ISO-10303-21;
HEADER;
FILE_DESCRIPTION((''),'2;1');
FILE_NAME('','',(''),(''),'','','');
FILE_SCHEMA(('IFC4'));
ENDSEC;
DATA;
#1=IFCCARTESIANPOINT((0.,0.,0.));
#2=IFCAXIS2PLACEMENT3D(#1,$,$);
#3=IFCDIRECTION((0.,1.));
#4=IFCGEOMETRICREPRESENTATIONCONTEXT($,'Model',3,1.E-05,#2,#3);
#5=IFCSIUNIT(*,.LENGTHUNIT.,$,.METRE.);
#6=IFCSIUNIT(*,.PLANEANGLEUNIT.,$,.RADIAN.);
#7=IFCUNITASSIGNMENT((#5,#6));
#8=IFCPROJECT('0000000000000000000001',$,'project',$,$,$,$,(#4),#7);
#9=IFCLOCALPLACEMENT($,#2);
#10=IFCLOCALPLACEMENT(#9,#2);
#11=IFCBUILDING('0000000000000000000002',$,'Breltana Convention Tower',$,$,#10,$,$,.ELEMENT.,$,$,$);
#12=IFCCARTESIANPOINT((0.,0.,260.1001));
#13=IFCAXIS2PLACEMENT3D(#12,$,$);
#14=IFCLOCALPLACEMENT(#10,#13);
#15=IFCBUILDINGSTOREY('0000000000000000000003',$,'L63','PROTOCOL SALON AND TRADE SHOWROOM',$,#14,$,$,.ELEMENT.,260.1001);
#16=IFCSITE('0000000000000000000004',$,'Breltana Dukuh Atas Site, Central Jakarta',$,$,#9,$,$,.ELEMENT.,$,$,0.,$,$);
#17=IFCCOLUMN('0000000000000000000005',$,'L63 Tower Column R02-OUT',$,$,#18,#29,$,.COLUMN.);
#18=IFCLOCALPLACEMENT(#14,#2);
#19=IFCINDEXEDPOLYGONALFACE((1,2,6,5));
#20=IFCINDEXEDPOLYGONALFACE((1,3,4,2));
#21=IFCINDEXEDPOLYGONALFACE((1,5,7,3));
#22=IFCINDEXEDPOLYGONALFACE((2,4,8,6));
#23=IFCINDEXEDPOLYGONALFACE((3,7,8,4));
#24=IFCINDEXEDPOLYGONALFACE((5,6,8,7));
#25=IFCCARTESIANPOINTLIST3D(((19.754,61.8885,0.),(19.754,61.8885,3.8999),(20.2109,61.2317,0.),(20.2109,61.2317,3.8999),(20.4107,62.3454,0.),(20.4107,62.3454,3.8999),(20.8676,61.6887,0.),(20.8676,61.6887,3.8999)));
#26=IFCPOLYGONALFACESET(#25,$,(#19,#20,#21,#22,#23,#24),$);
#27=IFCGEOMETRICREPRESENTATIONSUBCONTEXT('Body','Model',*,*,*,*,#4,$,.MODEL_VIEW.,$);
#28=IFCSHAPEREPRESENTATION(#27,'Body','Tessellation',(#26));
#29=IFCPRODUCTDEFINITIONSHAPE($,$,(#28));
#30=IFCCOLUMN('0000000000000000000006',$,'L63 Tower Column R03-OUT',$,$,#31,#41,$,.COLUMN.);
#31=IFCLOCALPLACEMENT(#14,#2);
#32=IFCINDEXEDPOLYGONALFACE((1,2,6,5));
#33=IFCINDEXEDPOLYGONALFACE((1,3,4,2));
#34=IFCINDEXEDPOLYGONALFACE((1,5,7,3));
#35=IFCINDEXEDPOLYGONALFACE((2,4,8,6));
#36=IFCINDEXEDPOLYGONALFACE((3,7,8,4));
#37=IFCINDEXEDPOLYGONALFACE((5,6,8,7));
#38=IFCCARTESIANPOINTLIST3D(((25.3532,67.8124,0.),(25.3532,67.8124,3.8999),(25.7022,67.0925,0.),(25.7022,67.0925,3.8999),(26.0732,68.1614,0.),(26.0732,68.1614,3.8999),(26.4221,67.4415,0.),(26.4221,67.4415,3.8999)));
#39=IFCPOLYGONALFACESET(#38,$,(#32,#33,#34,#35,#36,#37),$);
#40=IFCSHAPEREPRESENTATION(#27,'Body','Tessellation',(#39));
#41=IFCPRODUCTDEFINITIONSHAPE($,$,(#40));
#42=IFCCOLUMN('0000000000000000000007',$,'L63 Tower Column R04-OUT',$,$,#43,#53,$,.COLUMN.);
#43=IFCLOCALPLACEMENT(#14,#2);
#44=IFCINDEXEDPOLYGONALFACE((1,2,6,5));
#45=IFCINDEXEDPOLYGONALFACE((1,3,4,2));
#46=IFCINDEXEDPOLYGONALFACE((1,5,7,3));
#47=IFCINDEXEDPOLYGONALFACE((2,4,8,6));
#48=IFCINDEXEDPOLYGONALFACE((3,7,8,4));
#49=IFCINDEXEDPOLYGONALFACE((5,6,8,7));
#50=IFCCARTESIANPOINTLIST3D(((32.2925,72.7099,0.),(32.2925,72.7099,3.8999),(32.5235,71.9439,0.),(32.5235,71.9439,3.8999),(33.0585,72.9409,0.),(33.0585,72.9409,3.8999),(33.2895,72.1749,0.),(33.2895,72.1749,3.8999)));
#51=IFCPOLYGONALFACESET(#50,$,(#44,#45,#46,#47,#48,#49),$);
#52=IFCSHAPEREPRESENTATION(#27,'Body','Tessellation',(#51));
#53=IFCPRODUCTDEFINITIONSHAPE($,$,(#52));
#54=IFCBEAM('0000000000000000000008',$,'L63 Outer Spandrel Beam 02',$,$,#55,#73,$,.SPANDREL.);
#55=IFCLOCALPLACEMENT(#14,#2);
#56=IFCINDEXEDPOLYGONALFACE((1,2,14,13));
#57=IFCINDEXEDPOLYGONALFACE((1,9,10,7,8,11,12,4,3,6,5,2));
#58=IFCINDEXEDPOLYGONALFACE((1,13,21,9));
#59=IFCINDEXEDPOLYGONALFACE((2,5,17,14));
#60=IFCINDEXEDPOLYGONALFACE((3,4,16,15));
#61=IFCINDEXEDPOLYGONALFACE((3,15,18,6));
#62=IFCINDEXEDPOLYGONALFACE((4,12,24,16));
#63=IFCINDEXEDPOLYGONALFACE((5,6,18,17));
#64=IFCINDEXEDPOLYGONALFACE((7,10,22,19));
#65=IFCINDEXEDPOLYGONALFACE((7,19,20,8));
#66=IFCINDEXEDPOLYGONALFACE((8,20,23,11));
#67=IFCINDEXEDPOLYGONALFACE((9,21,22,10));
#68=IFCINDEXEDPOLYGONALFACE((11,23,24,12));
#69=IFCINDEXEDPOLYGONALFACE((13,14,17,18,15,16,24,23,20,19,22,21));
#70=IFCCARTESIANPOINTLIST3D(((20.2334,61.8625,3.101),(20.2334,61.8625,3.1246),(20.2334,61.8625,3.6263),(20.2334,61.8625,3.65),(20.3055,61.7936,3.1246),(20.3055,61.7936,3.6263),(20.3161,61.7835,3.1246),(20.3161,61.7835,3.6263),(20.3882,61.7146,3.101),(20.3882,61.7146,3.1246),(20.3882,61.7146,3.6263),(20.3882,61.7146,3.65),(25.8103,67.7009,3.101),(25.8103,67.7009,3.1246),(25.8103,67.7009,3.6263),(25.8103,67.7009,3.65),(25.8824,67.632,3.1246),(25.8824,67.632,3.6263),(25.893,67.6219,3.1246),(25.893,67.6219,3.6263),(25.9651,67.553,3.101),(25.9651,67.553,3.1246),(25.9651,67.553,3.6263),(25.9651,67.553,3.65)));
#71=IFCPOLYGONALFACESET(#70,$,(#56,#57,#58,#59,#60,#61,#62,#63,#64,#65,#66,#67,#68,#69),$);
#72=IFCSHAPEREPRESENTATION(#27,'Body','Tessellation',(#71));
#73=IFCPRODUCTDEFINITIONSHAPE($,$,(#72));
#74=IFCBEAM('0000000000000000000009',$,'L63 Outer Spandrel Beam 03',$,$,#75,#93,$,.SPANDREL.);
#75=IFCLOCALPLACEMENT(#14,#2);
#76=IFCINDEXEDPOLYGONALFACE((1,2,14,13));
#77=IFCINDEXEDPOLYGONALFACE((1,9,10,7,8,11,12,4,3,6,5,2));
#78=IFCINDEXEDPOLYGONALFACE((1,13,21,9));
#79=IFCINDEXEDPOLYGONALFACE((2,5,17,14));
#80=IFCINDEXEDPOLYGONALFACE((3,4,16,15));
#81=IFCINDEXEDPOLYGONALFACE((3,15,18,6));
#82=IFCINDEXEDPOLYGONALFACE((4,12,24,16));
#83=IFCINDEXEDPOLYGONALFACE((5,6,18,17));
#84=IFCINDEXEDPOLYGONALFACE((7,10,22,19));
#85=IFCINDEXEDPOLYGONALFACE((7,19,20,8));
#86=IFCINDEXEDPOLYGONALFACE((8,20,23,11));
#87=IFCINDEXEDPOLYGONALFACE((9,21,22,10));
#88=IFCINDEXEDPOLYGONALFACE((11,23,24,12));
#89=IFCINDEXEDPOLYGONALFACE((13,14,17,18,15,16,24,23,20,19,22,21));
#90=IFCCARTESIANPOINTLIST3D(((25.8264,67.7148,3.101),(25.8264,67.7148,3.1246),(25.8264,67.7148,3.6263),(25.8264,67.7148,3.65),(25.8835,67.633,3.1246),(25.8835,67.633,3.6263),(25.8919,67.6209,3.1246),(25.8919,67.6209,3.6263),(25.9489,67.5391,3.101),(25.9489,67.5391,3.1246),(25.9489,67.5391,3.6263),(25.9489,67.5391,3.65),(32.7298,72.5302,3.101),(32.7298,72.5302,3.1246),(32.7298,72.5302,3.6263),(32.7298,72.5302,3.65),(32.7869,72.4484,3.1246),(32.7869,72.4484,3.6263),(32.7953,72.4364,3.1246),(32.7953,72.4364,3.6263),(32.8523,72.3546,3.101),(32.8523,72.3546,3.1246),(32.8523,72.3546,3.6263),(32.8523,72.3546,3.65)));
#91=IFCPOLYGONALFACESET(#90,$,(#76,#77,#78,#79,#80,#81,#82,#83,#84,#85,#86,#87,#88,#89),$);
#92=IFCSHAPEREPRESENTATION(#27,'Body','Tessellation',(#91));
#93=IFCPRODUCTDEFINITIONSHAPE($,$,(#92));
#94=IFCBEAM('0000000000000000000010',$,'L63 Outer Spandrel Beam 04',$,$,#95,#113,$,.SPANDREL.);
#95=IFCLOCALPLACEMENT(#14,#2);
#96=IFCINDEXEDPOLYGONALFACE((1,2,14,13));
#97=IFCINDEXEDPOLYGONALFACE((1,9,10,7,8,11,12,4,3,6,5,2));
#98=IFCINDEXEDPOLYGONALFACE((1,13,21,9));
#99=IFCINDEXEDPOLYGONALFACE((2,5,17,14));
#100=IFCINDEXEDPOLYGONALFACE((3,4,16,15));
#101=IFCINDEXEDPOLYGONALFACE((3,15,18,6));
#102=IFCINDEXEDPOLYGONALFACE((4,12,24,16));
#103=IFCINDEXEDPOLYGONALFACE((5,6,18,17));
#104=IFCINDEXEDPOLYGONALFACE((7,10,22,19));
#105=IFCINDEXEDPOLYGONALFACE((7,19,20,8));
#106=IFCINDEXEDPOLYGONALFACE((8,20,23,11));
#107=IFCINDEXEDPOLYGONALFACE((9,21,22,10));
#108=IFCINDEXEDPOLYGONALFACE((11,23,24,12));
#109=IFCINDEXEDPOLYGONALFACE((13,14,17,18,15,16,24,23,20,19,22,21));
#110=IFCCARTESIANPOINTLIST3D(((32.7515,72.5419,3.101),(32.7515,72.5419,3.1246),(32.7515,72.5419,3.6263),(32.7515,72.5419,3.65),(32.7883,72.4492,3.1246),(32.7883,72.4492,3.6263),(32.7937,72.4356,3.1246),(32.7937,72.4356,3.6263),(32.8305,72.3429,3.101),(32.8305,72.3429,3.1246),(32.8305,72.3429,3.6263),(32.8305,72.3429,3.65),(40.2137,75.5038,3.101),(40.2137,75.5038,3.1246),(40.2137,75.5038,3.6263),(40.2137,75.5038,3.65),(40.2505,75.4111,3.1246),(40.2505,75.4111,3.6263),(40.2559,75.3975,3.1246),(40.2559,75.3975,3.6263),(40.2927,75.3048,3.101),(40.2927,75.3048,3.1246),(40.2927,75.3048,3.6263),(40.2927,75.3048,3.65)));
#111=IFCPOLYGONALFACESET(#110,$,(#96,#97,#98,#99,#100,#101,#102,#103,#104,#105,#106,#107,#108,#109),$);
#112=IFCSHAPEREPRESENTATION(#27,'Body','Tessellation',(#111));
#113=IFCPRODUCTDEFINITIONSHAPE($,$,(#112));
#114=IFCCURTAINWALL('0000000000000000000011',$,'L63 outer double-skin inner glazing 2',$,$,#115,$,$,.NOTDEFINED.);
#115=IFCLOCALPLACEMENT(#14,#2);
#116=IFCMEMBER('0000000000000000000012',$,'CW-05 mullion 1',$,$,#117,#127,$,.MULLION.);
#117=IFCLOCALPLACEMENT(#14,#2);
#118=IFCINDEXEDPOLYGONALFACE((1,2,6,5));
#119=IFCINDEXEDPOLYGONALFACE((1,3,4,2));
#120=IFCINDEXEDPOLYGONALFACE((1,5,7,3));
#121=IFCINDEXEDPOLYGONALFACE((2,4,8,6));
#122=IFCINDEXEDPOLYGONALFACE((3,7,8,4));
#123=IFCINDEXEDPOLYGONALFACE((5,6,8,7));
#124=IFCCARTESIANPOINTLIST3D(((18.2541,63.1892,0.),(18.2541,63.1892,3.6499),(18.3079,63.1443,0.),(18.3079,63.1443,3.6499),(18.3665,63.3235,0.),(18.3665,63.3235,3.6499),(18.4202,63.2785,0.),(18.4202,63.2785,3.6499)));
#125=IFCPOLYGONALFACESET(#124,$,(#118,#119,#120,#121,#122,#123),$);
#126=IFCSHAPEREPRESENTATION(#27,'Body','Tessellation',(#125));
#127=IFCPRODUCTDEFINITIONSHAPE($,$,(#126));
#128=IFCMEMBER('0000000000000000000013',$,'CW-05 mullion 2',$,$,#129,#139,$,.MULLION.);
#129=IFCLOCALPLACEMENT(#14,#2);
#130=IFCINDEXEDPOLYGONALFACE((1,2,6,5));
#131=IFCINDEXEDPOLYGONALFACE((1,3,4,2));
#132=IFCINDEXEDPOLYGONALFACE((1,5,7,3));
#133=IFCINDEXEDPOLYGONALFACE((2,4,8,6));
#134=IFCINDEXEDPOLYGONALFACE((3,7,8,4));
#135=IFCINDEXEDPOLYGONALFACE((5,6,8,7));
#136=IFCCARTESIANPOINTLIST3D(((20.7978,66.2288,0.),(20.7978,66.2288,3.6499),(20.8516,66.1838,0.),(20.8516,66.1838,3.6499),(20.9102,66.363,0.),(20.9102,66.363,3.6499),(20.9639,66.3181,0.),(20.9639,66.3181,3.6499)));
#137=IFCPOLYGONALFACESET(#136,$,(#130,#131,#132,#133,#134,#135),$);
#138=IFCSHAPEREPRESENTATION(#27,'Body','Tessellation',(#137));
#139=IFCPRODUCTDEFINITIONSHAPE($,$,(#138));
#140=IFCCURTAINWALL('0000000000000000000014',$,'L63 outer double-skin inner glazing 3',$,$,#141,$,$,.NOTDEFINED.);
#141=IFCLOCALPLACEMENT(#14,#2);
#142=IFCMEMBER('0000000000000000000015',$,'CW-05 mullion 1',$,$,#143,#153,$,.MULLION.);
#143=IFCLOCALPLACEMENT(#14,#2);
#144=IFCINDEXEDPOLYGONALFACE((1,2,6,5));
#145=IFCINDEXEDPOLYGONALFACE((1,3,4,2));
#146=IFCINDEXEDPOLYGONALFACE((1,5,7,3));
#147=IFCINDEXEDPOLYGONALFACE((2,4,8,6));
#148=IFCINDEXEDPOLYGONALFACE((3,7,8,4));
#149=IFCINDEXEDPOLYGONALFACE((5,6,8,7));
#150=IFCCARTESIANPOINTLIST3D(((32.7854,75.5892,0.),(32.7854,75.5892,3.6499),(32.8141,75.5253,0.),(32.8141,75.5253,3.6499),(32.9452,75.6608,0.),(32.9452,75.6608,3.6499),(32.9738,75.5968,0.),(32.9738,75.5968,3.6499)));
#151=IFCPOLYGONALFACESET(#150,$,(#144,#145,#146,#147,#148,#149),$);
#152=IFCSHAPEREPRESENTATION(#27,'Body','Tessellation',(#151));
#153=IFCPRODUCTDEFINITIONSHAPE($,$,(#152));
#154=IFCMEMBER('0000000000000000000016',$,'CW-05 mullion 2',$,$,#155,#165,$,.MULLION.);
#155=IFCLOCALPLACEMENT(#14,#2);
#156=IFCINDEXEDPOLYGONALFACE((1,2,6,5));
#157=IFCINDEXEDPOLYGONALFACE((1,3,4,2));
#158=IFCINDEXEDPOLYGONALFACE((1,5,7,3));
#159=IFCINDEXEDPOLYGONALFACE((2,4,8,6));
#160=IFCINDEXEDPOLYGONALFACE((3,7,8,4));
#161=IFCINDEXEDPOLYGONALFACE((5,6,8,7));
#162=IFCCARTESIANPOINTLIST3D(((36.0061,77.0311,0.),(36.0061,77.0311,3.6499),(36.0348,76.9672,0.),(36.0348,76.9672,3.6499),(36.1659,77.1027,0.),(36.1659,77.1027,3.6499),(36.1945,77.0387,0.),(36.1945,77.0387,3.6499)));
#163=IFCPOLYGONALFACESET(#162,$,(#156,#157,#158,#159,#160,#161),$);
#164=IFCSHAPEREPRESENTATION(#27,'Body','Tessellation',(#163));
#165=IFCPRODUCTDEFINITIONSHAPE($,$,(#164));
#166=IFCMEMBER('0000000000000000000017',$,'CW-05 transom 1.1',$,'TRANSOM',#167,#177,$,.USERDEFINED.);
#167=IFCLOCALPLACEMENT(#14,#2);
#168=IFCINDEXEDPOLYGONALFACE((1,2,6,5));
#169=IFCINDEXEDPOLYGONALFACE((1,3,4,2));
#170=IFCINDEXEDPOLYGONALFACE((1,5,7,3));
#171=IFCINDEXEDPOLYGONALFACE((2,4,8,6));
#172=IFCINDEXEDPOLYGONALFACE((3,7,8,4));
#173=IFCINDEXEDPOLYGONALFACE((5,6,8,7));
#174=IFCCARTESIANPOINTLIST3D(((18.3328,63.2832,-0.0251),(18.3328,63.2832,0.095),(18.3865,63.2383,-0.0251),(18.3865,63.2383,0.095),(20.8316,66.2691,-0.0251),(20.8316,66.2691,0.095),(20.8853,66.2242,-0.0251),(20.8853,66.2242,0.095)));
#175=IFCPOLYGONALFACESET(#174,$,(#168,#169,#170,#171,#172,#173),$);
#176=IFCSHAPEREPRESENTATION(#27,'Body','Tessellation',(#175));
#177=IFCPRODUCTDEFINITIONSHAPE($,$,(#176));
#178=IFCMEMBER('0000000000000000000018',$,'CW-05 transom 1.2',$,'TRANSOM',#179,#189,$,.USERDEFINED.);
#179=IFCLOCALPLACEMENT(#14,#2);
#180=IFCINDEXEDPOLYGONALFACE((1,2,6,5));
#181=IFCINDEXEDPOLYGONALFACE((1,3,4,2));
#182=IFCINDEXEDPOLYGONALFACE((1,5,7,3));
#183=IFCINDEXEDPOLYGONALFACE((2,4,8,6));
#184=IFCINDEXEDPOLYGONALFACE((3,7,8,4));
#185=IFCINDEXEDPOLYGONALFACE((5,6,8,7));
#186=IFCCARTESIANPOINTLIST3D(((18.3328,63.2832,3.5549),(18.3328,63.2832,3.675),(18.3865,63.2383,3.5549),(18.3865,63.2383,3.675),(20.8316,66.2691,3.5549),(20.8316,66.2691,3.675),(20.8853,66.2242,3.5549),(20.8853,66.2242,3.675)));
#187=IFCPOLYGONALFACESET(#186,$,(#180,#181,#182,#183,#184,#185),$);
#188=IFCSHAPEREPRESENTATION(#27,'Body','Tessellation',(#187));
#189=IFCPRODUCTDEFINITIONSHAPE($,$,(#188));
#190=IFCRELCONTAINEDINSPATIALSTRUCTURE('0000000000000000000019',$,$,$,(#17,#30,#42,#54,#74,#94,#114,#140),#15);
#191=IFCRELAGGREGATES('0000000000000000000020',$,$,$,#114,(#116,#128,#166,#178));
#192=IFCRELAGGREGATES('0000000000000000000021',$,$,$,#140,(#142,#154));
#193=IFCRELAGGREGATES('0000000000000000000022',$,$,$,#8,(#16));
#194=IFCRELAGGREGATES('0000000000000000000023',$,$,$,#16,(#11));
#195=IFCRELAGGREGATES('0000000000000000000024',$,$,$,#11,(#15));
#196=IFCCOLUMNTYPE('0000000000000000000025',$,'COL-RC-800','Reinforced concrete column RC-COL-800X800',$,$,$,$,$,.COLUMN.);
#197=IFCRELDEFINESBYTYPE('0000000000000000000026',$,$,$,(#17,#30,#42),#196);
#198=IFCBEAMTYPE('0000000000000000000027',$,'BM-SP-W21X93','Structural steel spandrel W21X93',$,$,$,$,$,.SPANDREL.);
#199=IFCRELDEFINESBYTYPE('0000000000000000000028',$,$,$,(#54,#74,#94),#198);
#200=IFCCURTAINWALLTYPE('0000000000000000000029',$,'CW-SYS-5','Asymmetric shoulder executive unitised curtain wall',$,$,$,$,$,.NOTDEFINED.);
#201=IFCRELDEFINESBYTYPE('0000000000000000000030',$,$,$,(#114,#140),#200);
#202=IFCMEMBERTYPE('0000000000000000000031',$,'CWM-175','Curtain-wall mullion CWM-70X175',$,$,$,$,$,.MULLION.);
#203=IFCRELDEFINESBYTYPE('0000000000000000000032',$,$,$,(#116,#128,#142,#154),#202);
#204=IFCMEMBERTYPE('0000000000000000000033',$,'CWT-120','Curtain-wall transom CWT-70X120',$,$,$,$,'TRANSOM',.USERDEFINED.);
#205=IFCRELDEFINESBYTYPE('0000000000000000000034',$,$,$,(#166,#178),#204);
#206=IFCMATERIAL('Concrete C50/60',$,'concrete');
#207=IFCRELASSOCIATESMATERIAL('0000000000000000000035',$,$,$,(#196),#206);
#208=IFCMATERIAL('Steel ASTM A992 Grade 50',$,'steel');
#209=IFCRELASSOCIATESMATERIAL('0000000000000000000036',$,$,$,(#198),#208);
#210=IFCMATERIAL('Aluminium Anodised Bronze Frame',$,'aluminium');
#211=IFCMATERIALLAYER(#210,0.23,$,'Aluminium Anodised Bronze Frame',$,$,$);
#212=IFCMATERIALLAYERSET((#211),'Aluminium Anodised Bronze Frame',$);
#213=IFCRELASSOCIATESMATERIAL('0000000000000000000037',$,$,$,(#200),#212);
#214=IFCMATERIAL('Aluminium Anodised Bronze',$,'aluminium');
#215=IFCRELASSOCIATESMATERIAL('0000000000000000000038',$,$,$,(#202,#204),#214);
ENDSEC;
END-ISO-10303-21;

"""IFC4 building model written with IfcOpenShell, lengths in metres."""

from ifc_helpers import new_model, si_unit, direction, frame, origin, origin_2d, place, context, subcontext, project, spatial, rectangle, i_section, extrude, source, transform, mapped, material, layer, layer_set, material_profile, profile_set, type_object, element, aggregate, save


model = new_model("IFC4")

# Units and contexts
model_context = context("Model", 3, precision=1e-05, world=origin(), true_north=direction((0.0, 1.0)))
body_context = subcontext(model_context, "Body", "Model", "MODEL_VIEW")
ifc_project = project(units=[si_unit("LENGTHUNIT", "METRE"), si_unit("PLANEANGLEUNIT", "RADIAN")], contexts=[model_context])

# Site, building, storey
site_placement = place(None, origin())
site = spatial("IfcSite", under=ifc_project, at=site_placement, Name="Breltana Dukuh Atas Site, Central Jakarta", CompositionType="ELEMENT", RefElevation=0.0)
building_placement = place(site_placement, origin())
building = spatial("IfcBuilding", under=site, at=building_placement, Name="Breltana Convention Tower", CompositionType="ELEMENT")
storey_placement = place(building_placement, frame((0.0, 0.0, 260.1001)))
storey = spatial("IfcBuildingStorey", under=building, at=storey_placement, Name="L63", Description="PROTOCOL SALON AND TRADE SHOWROOM", CompositionType="ELEMENT", Elevation=260.1001)

# Columns
ifc_material_1 = material(Name="Concrete C50/60", Category="concrete")
ifc_material_profile_1 = material_profile(ifc_material_1, rectangle(XDim=0.8, YDim=0.8, at=origin_2d()), Name="RC-COL-800X800")
ifc_profile_set_1 = profile_set([ifc_material_profile_1], Name="Concrete C50/60")
column_type = type_object("IfcColumnType", Name="COL-RC-800", Description="Reinforced concrete column RC-COL-800X800", PredefinedType="COLUMN", material=ifc_profile_set_1)
shared_shape_1 = source(origin(), body_context, "Body", "SweptSolid", [
    extrude(rectangle(XDim=0.8, YDim=0.8, at=origin_2d()), origin(), (0.0, 0.0, 1.0), 3.8999),
])
for number, where, z_axis, x_axis, name in (
    (1, (20.3108, 61.7886, 0.0), (0.0, 0.0, 1.0), (-0.571143, 0.82085, 0.0), "L63 Tower Column R02-OUT"),
    (2, (25.8877, 67.627, 0.0), (0.0, 0.0, 1.0), (-0.436174, 0.899863, 0.0), "L63 Tower Column R03-OUT"),
    (3, (32.791, 72.4424, 0.0), (0.0, 0.0, 1.0), (-0.288698, 0.95742, 0.0), "L63 Tower Column R04-OUT"),
):
    element("IfcColumn", number, at=place(storey_placement, frame(where, z_axis=z_axis, x_axis=x_axis)), inside=storey, type_object=column_type, Name=name, PredefinedType="COLUMN", context=body_context, shape_type="MappedRepresentation", body=[
        mapped(shared_shape_1, transform((0.0, 0.0, 0.0), scale=1.0)),
    ])

# Beams
ifc_material_2 = material(Name="Steel ASTM A992 Grade 50", Category="steel")
ifc_material_profile_2 = material_profile(ifc_material_2, i_section(OverallWidth=0.2141, OverallDepth=0.5491, WebThickness=0.0146, FlangeThickness=0.0237, at=origin_2d()), Name="W21X93")
ifc_profile_set_2 = profile_set([ifc_material_profile_2], Name="Steel ASTM A992 Grade 50")
beam_type = type_object("IfcBeamType", Name="BM-SP-W21X93", Description="Structural steel spandrel W21X93", PredefinedType="SPANDREL", material=ifc_profile_set_2)
shared_shape_2 = source(origin(), body_context, "Body", "SweptSolid", [
    extrude(i_section(OverallWidth=0.2141, OverallDepth=0.5491, WebThickness=0.0146, FlangeThickness=0.0237, at=origin_2d()), origin(), (0.0, 0.0, 1.0), 8.074),
])
beam_1_placement = place(storey_placement, frame((20.3108, 61.7886, 3.3755), z_axis=(0.690729, 0.723114, 0.0), x_axis=(-0.723114, 0.690729, 0.0)))
element("IfcBeam", 4, at=beam_1_placement, inside=storey, type_object=beam_type, Name="L63 Outer Spandrel Beam 02", PredefinedType="SPANDREL", context=body_context, shape_type="MappedRepresentation", body=[
    mapped(shared_shape_2, transform((0.0, 0.0, 0.0), scale=1.0)),
])
shared_shape_3 = source(origin(), body_context, "Body", "SweptSolid", [
    extrude(i_section(OverallWidth=0.2141, OverallDepth=0.5491, WebThickness=0.0146, FlangeThickness=0.0237, at=origin_2d()), origin(), (0.0, 0.0, 1.0), 8.417),
])
beam_2_placement = place(storey_placement, frame((25.8877, 67.627, 3.3755), z_axis=(0.820174, 0.572114, 0.0), x_axis=(-0.572114, 0.820174, 0.0)))
element("IfcBeam", 5, at=beam_2_placement, inside=storey, type_object=beam_type, Name="L63 Outer Spandrel Beam 03", PredefinedType="SPANDREL", context=body_context, shape_type="MappedRepresentation", body=[
    mapped(shared_shape_3, transform((0.0, 0.0, 0.0), scale=1.0)),
])
shared_shape_4 = source(origin(), body_context, "Body", "SweptSolid", [
    extrude(i_section(OverallWidth=0.2141, OverallDepth=0.5491, WebThickness=0.0146, FlangeThickness=0.0237, at=origin_2d()), origin(), (0.0, 0.0, 1.0), 8.0286),
])
beam_3_placement = place(storey_placement, frame((32.791, 72.4424, 3.3755), z_axis=(0.929459, 0.368925, 0.0), x_axis=(-0.368925, 0.929459, 0.0)))
element("IfcBeam", 6, at=beam_3_placement, inside=storey, type_object=beam_type, Name="L63 Outer Spandrel Beam 04", PredefinedType="SPANDREL", context=body_context, shape_type="MappedRepresentation", body=[
    mapped(shared_shape_4, transform((0.0, 0.0, 0.0), scale=1.0)),
])

# Curtain walls, members
ifc_material_3 = material(Name="Aluminium Anodised Bronze Frame", Category="aluminium")
ifc_layer_1 = layer(ifc_material_3, 0.23, Name="Aluminium Anodised Bronze Frame")
ifc_layer_set_1 = layer_set([ifc_layer_1], Name="Aluminium Anodised Bronze Frame")
curtain_wall_type = type_object("IfcCurtainWallType", Name="CW-SYS-5", Description="Asymmetric shoulder executive unitised curtain wall", PredefinedType="NOTDEFINED", material=ifc_layer_set_1)
curtain_wall_1_placement = place(storey_placement, origin())
curtain_wall_1 = element("IfcCurtainWall", 7, at=curtain_wall_1_placement, inside=storey, type_object=curtain_wall_type, Name="L63 outer double-skin inner glazing 2", PredefinedType="NOTDEFINED")
ifc_material_4 = material(Name="Aluminium Anodised Bronze", Category="aluminium")
ifc_material_profile_3 = material_profile(ifc_material_4, rectangle(XDim=0.0701, YDim=0.175, at=origin_2d()), Name="CWM-70X175")
ifc_profile_set_3 = profile_set([ifc_material_profile_3], Name="Aluminium Anodised Bronze")
member_type_1 = type_object("IfcMemberType", Name="CWM-175", Description="Curtain-wall mullion CWM-70X175", PredefinedType="MULLION", material=ifc_profile_set_3)
shared_shape_5 = source(origin(), body_context, "Body", "SweptSolid", [
    extrude(rectangle(XDim=0.0701, YDim=0.175, at=origin_2d()), origin(), (0.0, 0.0, 1.0), 3.6499),
])
member_1_placement = place(storey_placement, frame((18.3372, 63.2339, 0.0), z_axis=(0.0, 0.0, 1.0), x_axis=(-0.766887, 0.641783, 0.0)))
member_1 = element("IfcMember", 8, at=member_1_placement, type_object=member_type_1, Name="CW-05 mullion 1", PredefinedType="MULLION", context=body_context, shape_type="MappedRepresentation", body=[
    mapped(shared_shape_5, transform((0.0, 0.0, 0.0), scale=1.0)),
])
member_2_placement = place(storey_placement, frame((20.8809, 66.2734, 0.0), z_axis=(0.0, 0.0, 1.0), x_axis=(-0.766887, 0.641783, 0.0)))
member_2 = element("IfcMember", 9, at=member_2_placement, type_object=member_type_1, Name="CW-05 mullion 2", PredefinedType="MULLION", context=body_context, shape_type="MappedRepresentation", body=[
    mapped(shared_shape_5, transform((0.0, 0.0, 0.0), scale=1.0)),
])
curtain_wall_2_placement = place(storey_placement, origin())
curtain_wall_2 = element("IfcCurtainWall", 10, at=curtain_wall_2_placement, inside=storey, type_object=curtain_wall_type, Name="L63 outer double-skin inner glazing 3", PredefinedType="NOTDEFINED")
member_3_placement = place(storey_placement, frame((32.8796, 75.593, 0.0), z_axis=(0.0, 0.0, 1.0), x_axis=(-0.408604, 0.912712, 0.0)))
member_3 = element("IfcMember", 11, at=member_3_placement, type_object=member_type_1, Name="CW-05 mullion 1", PredefinedType="MULLION", context=body_context, shape_type="MappedRepresentation", body=[
    mapped(shared_shape_5, transform((0.0, 0.0, 0.0), scale=1.0)),
])
member_4_placement = place(storey_placement, frame((36.1003, 77.0349, 0.0), z_axis=(0.0, 0.0, 1.0), x_axis=(-0.408604, 0.912712, 0.0)))
member_4 = element("IfcMember", 12, at=member_4_placement, type_object=member_type_1, Name="CW-05 mullion 2", PredefinedType="MULLION", context=body_context, shape_type="MappedRepresentation", body=[
    mapped(shared_shape_5, transform((0.0, 0.0, 0.0), scale=1.0)),
])

# Members
ifc_material_profile_4 = material_profile(ifc_material_4, rectangle(XDim=0.0701, YDim=0.1201, at=origin_2d()), Name="CWT-70X120")
ifc_profile_set_4 = profile_set([ifc_material_profile_4], Name="Aluminium Anodised Bronze")
member_type_2 = type_object("IfcMemberType", Name="CWT-120", Description="Curtain-wall transom CWT-70X120", ElementType="TRANSOM", PredefinedType="USERDEFINED", material=ifc_profile_set_4)
shared_shape_6 = source(origin(), body_context, "Body", "SweptSolid", [
    extrude(rectangle(XDim=0.0701, YDim=0.1201, at=origin_2d()), origin(), (0.0, 0.0, 1.0), 3.8936),
])
member_5_placement = place(storey_placement, frame((18.3596, 63.2607, 0.0349), z_axis=(0.641787, 0.766883, 0.0), x_axis=(-0.766883, 0.641787, 0.0)))
member_5 = element("IfcMember", 13, at=member_5_placement, type_object=member_type_2, Name="CW-05 transom 1.1", ObjectType="TRANSOM", PredefinedType="USERDEFINED", context=body_context, shape_type="MappedRepresentation", body=[
    mapped(shared_shape_6, transform((0.0, 0.0, 0.0), scale=1.0)),
])
member_6_placement = place(storey_placement, frame((18.3596, 63.2607, 3.615), z_axis=(0.641787, 0.766883, 0.0), x_axis=(-0.766883, 0.641787, 0.0)))
member_6 = element("IfcMember", 14, at=member_6_placement, type_object=member_type_2, Name="CW-05 transom 1.2", ObjectType="TRANSOM", PredefinedType="USERDEFINED", context=body_context, shape_type="MappedRepresentation", body=[
    mapped(shared_shape_6, transform((0.0, 0.0, 0.0), scale=1.0)),
])

aggregate(curtain_wall_1, [member_1, member_2, member_5, member_6])
aggregate(curtain_wall_2, [member_3, member_4])

save(model, "model.ifc")
